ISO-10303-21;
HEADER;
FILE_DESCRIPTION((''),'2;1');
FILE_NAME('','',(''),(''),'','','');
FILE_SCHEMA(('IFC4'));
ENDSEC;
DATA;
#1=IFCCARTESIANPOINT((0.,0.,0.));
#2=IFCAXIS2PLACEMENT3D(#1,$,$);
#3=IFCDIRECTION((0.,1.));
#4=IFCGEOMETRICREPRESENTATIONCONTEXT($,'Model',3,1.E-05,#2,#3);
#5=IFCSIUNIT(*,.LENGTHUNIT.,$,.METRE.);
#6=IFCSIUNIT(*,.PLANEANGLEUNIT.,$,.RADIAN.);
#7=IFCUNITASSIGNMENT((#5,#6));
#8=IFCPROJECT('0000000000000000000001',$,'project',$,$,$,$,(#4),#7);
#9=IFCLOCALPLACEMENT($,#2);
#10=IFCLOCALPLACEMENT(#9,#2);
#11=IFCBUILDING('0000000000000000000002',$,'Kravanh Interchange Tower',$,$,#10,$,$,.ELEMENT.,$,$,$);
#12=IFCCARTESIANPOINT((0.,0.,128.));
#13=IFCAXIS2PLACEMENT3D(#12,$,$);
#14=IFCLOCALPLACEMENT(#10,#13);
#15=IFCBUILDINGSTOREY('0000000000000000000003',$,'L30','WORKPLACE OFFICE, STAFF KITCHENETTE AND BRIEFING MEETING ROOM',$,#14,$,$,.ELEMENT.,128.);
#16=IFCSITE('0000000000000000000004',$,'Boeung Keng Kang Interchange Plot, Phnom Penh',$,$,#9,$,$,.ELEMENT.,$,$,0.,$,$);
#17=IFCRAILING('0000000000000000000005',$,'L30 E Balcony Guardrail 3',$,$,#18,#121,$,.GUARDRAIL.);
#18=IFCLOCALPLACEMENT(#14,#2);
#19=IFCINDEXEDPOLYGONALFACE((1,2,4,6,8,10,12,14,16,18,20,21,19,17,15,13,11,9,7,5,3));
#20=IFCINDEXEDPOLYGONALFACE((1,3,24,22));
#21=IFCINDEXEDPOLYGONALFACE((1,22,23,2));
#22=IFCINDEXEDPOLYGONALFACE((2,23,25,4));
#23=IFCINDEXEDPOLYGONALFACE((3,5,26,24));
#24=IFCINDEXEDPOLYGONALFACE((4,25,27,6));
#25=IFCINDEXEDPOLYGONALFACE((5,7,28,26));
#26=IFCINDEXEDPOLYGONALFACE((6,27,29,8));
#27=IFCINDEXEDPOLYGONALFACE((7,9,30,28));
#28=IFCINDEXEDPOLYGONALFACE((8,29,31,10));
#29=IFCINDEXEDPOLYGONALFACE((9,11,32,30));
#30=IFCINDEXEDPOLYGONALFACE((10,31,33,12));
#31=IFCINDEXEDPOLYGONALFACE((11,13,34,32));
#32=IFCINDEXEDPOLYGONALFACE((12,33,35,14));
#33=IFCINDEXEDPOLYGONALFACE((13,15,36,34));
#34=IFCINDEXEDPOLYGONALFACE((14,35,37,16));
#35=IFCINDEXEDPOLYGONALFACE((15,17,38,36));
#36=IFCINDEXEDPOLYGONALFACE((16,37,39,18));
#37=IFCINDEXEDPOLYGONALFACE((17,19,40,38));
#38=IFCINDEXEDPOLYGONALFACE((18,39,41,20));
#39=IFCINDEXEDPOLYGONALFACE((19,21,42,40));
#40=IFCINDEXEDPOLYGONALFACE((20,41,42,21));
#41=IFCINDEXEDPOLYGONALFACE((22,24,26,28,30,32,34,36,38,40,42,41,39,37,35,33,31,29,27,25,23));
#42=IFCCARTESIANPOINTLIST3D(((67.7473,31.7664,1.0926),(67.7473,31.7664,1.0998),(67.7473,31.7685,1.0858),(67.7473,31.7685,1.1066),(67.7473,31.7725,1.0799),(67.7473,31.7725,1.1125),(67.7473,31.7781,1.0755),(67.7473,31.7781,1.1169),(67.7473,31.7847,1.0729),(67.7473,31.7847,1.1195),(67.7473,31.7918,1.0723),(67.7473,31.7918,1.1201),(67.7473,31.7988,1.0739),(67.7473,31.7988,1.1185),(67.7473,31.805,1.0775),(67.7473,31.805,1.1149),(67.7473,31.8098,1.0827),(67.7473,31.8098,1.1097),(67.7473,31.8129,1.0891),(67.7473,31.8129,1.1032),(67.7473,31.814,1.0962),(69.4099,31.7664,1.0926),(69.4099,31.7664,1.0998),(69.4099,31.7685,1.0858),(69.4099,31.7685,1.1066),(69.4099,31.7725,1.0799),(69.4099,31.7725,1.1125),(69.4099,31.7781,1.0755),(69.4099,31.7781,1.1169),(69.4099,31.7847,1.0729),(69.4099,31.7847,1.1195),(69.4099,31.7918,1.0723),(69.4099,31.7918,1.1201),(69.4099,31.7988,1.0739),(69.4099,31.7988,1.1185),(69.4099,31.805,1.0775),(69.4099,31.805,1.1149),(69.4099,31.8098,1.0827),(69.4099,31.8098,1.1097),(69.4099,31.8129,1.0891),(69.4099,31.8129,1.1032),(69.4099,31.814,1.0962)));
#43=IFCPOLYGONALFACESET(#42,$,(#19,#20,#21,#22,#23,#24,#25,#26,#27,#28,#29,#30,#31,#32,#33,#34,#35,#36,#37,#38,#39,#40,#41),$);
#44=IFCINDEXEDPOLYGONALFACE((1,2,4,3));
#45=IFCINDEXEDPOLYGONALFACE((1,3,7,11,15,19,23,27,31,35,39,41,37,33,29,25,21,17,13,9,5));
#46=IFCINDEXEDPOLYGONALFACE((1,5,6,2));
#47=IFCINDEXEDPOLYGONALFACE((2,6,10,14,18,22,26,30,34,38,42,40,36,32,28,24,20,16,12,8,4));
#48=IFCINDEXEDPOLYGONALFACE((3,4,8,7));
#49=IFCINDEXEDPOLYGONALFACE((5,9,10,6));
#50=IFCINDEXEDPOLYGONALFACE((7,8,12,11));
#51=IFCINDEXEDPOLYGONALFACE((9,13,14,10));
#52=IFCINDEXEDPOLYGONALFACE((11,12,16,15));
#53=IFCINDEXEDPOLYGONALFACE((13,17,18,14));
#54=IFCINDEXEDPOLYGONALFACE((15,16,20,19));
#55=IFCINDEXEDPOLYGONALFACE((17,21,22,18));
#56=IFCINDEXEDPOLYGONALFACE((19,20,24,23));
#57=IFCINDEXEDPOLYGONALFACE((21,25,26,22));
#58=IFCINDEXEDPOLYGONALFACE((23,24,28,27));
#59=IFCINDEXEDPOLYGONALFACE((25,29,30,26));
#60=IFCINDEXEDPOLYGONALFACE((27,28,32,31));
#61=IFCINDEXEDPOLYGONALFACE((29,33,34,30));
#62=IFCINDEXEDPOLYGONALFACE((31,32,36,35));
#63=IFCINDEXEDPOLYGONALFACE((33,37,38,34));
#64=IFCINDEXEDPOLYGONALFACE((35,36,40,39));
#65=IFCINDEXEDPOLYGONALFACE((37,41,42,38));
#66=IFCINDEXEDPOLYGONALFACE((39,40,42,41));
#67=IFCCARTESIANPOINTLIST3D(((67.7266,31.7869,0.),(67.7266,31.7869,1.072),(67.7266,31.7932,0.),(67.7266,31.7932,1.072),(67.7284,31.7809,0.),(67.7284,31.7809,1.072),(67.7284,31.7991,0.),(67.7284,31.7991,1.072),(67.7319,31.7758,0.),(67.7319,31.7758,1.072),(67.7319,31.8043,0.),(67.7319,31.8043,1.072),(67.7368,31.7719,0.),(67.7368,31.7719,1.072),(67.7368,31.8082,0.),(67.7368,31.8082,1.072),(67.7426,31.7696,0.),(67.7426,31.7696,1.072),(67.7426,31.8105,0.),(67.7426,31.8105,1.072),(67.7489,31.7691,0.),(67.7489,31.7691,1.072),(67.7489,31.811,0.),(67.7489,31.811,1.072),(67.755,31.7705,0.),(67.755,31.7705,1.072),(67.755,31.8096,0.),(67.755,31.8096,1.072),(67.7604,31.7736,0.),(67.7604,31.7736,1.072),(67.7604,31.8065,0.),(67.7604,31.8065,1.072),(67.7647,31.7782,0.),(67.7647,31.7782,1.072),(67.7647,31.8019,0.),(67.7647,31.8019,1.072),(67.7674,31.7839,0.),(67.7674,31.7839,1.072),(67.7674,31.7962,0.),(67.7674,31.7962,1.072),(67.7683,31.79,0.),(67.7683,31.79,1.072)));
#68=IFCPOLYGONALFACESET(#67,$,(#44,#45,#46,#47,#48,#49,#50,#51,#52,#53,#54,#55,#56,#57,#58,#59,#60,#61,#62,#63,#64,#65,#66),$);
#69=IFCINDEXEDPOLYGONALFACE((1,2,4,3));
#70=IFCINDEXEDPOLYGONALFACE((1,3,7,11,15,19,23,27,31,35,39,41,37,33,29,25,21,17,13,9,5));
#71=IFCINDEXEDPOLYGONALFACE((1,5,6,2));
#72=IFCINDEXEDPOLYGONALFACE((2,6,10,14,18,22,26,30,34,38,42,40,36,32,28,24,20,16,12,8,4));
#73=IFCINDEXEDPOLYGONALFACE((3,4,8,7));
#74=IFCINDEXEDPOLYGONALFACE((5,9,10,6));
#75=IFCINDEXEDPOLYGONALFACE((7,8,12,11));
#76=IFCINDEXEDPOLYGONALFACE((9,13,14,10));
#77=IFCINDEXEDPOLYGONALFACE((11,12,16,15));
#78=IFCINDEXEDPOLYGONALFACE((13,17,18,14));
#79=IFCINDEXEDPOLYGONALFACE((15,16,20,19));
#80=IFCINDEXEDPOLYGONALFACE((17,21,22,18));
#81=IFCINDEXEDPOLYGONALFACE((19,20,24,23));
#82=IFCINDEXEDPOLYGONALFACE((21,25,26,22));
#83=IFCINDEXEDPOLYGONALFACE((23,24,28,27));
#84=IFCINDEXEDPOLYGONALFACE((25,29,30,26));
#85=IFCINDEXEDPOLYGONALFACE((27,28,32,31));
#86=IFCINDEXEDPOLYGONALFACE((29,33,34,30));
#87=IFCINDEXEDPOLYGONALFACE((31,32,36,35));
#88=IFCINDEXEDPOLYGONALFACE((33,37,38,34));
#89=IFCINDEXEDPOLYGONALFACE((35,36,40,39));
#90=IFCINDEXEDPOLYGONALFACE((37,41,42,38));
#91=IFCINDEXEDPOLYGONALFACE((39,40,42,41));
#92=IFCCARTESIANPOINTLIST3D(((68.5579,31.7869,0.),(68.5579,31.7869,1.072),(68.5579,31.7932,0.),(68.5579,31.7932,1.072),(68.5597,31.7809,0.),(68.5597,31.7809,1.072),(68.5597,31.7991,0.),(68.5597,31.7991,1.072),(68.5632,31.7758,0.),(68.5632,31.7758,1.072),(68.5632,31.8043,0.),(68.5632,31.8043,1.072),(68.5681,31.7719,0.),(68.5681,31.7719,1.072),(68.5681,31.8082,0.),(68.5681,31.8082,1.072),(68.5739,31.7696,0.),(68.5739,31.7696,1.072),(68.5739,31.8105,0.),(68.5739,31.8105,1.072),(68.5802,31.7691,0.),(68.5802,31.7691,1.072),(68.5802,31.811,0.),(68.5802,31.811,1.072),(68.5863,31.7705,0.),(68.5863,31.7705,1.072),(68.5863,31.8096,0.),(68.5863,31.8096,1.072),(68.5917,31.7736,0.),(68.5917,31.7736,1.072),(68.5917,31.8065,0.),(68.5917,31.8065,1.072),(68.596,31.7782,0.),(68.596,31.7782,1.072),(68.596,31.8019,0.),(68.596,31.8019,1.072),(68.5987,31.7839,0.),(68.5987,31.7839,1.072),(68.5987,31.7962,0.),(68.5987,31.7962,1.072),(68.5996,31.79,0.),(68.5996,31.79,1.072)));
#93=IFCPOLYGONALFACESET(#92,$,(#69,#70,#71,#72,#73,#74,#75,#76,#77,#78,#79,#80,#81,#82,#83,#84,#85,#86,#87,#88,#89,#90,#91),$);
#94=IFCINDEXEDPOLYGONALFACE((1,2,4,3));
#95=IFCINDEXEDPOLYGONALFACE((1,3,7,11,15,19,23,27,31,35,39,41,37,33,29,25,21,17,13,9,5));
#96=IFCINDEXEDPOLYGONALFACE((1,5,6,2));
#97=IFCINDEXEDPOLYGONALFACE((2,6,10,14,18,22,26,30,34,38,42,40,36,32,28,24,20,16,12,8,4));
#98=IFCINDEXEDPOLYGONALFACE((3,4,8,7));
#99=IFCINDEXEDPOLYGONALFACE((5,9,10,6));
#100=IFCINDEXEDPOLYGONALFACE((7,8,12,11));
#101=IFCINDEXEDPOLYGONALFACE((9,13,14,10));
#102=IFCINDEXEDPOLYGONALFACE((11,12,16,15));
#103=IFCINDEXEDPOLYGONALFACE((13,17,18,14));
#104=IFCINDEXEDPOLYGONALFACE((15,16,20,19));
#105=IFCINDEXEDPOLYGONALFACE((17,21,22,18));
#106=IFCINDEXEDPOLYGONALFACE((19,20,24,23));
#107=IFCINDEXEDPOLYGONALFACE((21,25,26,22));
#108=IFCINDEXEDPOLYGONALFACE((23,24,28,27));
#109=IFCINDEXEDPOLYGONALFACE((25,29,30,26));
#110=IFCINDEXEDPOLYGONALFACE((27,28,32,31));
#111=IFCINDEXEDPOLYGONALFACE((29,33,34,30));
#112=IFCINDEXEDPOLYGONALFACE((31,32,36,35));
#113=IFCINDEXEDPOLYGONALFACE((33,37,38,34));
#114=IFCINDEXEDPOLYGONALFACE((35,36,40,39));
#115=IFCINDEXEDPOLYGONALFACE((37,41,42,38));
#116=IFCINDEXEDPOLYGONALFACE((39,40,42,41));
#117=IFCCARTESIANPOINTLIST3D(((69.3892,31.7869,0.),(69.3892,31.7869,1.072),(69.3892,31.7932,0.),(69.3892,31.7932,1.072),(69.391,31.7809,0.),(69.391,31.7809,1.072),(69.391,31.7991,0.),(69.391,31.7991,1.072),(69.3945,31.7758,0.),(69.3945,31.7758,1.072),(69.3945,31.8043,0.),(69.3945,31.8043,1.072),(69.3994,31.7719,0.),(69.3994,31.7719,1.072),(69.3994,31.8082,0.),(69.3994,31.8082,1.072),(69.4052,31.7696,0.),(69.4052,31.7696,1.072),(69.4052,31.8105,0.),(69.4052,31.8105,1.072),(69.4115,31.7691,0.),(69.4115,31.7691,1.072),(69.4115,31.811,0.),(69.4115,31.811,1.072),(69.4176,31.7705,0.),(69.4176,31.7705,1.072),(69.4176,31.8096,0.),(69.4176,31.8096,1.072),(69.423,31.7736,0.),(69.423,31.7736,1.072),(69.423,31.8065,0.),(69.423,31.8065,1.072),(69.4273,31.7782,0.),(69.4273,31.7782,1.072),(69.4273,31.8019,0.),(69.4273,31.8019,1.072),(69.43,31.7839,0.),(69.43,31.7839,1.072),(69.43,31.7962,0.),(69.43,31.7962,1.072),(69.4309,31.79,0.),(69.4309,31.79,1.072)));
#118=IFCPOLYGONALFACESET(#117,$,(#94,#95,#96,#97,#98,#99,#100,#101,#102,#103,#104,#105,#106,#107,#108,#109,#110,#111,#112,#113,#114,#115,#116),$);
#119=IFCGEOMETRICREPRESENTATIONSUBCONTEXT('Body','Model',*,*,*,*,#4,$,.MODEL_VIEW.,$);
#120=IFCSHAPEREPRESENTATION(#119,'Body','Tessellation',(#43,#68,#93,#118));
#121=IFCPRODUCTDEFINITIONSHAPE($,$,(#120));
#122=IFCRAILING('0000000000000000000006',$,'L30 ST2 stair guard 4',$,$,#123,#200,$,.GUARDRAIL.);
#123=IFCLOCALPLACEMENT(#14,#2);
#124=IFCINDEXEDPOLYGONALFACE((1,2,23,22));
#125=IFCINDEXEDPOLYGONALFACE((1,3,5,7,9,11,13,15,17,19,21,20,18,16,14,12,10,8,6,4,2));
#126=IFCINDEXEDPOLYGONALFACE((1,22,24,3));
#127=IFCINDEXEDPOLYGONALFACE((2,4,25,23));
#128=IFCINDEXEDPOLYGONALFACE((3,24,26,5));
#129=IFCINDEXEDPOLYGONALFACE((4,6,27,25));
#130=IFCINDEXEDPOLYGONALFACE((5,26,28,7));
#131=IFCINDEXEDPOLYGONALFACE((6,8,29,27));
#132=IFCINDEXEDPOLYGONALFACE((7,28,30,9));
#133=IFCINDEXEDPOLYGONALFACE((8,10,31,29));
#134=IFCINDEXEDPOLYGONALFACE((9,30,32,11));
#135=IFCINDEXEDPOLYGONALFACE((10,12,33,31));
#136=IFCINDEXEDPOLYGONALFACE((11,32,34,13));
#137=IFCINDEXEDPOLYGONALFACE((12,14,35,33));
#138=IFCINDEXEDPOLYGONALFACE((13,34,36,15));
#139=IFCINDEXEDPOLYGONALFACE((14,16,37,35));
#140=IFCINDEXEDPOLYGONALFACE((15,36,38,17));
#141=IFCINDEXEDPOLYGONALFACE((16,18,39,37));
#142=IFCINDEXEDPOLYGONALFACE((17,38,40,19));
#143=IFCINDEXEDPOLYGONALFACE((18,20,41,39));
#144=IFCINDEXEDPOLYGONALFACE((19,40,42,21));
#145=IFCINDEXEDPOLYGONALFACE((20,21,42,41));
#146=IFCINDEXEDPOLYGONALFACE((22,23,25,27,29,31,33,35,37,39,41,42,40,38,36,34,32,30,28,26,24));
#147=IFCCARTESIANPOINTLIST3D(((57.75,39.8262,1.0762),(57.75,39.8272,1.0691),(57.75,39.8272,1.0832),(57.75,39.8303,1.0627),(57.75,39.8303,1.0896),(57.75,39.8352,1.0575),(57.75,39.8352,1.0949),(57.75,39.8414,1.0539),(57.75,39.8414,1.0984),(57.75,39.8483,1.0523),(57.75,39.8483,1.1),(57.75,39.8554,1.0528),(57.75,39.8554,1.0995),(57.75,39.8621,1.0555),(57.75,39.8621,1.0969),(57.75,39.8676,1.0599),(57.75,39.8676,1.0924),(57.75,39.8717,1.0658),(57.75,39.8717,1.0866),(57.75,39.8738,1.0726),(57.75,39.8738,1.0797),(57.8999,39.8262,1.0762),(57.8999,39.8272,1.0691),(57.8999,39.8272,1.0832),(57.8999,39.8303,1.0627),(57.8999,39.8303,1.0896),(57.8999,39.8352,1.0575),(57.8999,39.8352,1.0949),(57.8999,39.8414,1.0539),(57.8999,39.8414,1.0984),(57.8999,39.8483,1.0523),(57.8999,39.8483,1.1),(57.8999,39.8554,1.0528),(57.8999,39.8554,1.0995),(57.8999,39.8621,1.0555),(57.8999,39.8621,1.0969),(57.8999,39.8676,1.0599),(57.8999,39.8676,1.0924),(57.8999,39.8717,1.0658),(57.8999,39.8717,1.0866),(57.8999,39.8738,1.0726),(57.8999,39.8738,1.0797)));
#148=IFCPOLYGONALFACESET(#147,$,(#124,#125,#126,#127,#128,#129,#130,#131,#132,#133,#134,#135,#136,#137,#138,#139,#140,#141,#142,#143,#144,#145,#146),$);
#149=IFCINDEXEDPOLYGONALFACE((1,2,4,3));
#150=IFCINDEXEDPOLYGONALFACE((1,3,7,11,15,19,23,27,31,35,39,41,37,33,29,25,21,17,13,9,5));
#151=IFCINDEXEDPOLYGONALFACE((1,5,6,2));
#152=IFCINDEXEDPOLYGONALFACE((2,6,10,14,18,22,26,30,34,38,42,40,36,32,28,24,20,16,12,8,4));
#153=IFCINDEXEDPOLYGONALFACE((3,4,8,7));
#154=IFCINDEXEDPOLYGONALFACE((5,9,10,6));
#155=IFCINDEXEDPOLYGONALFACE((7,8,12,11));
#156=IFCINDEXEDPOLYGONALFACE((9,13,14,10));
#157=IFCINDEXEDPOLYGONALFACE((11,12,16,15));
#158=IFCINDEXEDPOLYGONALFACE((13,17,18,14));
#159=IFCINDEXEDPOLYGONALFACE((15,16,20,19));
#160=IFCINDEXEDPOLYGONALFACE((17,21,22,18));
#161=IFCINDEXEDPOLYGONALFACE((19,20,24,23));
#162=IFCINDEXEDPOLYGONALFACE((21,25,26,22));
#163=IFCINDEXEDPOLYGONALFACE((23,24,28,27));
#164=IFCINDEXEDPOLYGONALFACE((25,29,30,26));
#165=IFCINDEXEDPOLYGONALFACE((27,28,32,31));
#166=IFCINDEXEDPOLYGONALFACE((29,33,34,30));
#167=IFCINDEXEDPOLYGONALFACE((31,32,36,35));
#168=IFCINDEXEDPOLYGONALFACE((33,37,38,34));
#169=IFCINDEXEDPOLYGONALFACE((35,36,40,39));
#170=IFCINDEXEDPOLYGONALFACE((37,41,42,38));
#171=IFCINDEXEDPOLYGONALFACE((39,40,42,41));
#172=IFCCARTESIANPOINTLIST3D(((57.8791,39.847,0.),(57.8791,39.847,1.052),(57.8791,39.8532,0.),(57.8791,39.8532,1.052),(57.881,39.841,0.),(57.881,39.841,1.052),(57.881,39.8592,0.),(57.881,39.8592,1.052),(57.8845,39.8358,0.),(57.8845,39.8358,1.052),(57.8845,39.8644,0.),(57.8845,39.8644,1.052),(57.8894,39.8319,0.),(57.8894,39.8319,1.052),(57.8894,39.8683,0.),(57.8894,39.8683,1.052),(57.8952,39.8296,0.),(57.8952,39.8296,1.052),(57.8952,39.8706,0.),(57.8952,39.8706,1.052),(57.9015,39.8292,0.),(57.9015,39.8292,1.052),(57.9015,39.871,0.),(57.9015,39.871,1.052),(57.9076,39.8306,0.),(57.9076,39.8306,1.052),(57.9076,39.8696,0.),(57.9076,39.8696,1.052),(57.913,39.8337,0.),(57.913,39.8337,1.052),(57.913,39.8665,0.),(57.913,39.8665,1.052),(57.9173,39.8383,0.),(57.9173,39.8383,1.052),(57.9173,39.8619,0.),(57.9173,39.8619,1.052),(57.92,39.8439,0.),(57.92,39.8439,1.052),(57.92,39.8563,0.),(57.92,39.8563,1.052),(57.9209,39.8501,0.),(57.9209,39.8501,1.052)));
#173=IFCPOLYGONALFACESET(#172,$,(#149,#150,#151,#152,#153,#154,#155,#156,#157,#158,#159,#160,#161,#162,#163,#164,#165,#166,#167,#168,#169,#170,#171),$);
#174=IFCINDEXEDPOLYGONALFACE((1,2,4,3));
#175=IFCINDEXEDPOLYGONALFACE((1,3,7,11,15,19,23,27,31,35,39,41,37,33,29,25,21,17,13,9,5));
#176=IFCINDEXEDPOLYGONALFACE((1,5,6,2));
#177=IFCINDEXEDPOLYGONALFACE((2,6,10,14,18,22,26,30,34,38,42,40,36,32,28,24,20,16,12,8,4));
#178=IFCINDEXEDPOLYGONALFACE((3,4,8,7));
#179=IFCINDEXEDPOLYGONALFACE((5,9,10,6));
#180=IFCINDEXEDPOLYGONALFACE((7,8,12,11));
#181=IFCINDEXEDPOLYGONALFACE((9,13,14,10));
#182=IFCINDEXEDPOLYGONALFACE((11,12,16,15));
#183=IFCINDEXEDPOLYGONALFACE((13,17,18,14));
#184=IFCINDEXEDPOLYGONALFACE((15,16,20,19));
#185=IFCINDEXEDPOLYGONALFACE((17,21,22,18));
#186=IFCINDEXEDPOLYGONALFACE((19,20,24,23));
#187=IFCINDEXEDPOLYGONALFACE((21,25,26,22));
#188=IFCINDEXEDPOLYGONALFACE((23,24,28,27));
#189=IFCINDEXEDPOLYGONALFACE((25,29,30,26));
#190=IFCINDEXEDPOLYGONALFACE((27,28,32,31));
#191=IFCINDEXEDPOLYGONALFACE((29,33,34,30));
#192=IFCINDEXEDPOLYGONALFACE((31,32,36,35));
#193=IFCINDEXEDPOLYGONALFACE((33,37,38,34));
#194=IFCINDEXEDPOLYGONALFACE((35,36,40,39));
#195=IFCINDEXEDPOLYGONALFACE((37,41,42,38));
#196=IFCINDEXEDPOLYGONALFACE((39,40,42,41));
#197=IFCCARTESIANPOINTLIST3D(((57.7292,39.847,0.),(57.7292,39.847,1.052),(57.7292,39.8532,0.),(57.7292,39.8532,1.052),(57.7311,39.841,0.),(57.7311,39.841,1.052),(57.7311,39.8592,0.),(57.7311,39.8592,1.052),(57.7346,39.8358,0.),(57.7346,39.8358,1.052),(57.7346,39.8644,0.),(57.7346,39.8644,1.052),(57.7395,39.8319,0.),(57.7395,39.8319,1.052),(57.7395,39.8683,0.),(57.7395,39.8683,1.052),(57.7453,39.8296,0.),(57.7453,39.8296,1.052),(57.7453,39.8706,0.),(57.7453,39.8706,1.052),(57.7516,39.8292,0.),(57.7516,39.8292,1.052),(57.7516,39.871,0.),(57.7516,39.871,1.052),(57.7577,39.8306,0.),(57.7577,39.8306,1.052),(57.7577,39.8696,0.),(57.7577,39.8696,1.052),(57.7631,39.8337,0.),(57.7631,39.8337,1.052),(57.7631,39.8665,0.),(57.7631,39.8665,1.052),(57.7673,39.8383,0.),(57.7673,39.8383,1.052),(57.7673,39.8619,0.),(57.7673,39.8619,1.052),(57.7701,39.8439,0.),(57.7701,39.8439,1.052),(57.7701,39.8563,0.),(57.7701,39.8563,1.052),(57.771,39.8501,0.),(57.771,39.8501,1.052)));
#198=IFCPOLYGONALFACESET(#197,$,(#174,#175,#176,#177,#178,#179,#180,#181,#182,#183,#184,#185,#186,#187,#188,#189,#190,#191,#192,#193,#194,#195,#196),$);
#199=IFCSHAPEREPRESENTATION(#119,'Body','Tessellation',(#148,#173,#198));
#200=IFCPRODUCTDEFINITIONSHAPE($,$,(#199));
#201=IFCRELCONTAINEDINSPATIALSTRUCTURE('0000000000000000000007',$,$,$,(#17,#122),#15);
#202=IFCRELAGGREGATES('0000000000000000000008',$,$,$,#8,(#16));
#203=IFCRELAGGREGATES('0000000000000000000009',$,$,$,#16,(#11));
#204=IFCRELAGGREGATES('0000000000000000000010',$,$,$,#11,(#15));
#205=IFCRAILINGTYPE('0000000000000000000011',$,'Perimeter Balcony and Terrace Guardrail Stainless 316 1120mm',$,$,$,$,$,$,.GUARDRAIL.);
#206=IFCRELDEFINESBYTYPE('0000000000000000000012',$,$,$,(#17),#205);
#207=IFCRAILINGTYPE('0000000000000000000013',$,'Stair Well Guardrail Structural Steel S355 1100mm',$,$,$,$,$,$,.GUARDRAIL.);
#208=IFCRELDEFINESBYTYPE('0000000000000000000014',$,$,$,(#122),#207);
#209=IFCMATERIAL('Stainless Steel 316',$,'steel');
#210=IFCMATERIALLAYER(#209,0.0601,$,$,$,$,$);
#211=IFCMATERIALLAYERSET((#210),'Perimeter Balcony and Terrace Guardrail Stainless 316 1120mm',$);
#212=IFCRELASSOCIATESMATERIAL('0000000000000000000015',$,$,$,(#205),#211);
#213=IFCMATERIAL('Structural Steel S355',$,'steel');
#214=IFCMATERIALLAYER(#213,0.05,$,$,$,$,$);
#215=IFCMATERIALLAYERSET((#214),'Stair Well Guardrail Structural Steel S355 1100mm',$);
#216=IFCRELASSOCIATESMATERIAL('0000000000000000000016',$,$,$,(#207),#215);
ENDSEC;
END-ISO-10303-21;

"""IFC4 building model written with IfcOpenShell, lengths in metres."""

from ifc_helpers import new_model, si_unit, direction, frame, origin, origin_2d, place, context, subcontext, project, spatial, circle, extrude, material, layer, layer_set, type_object, element, save


model = new_model("IFC4")

# Units and contexts
model_context = context("Model", 3, precision=1e-05, world=origin(), true_north=direction((0.0, 1.0)))
body_context = subcontext(model_context, "Body", "Model", "MODEL_VIEW")
ifc_project = project(units=[si_unit("LENGTHUNIT", "METRE"), si_unit("PLANEANGLEUNIT", "RADIAN")], contexts=[model_context])

# Site, building, storey
site_placement = place(None, origin())
site = spatial("IfcSite", under=ifc_project, at=site_placement, Name="Boeung Keng Kang Interchange Plot, Phnom Penh", CompositionType="ELEMENT", RefElevation=0.0)
building_placement = place(site_placement, origin())
building = spatial("IfcBuilding", under=site, at=building_placement, Name="Kravanh Interchange Tower", CompositionType="ELEMENT")
storey_placement = place(building_placement, frame((0.0, 0.0, 128.0)))
storey = spatial("IfcBuildingStorey", under=building, at=storey_placement, Name="L30", Description="WORKPLACE OFFICE, STAFF KITCHENETTE AND BRIEFING MEETING ROOM", CompositionType="ELEMENT", Elevation=128.0)

# Railings
ifc_material_1 = material(Name="Stainless Steel 316", Category="steel")
ifc_layer_1 = layer(ifc_material_1, 0.0601)
ifc_layer_set_1 = layer_set([ifc_layer_1], Name="Perimeter Balcony and Terrace Guardrail Stainless 316 1120mm")
railing_type_1 = type_object("IfcRailingType", Name="Perimeter Balcony and Terrace Guardrail Stainless 316 1120mm", PredefinedType="GUARDRAIL", material=ifc_layer_set_1)
railing_1_placement = place(storey_placement, frame((67.7473, 31.79, 0.0)))
element("IfcRailing", 1, at=railing_1_placement, inside=storey, type_object=railing_type_1, Name="L30 E Balcony Guardrail 3", PredefinedType="GUARDRAIL", context=body_context, shape_type="SweptSolid", body=[
    extrude(circle(Radius=0.0239, at=origin_2d()), frame((0.0, 0.0, 1.0962), z_axis=(1.0, 0.0, 0.0), x_axis=(0.0, 1.0, 0.0)), (0.0, 0.0, 1.0), 1.6626),
    extrude(circle(Radius=0.021, at=origin_2d()), origin(), (0.0, 0.0, 1.0), 1.072),
    extrude(circle(Radius=0.021, at=origin_2d()), frame((0.8313, 0.0, 0.0)), (0.0, 0.0, 1.0), 1.072),
    extrude(circle(Radius=0.021, at=origin_2d()), frame((1.6626, 0.0, 0.0)), (0.0, 0.0, 1.0), 1.072),
])
ifc_material_2 = material(Name="Structural Steel S355", Category="steel")
ifc_layer_2 = layer(ifc_material_2, 0.05)
ifc_layer_set_2 = layer_set([ifc_layer_2], Name="Stair Well Guardrail Structural Steel S355 1100mm")
railing_type_2 = type_object("IfcRailingType", Name="Stair Well Guardrail Structural Steel S355 1100mm", PredefinedType="GUARDRAIL", material=ifc_layer_set_2)
railing_2_placement = place(storey_placement, frame((57.8999, 39.8501, 0.0)))
element("IfcRailing", 2, at=railing_2_placement, inside=storey, type_object=railing_type_2, Name="L30 ST2 stair guard 4", PredefinedType="GUARDRAIL", context=body_context, shape_type="SweptSolid", body=[
    extrude(circle(Radius=0.0239, at=origin_2d()), frame((0.0, 0.0, 1.0762), z_axis=(-1.0, 0.0, 0.0), x_axis=(0.0, -1.0, 0.0)), (0.0, 0.0, 1.0), 0.1499),
    extrude(circle(Radius=0.021, at=origin_2d()), origin(), (0.0, 0.0, 1.0), 1.052),
    extrude(circle(Radius=0.021, at=origin_2d()), frame((-0.1499, 0.0, 0.0)), (0.0, 0.0, 1.0), 1.052),
])

save(model, "model.ifc")
